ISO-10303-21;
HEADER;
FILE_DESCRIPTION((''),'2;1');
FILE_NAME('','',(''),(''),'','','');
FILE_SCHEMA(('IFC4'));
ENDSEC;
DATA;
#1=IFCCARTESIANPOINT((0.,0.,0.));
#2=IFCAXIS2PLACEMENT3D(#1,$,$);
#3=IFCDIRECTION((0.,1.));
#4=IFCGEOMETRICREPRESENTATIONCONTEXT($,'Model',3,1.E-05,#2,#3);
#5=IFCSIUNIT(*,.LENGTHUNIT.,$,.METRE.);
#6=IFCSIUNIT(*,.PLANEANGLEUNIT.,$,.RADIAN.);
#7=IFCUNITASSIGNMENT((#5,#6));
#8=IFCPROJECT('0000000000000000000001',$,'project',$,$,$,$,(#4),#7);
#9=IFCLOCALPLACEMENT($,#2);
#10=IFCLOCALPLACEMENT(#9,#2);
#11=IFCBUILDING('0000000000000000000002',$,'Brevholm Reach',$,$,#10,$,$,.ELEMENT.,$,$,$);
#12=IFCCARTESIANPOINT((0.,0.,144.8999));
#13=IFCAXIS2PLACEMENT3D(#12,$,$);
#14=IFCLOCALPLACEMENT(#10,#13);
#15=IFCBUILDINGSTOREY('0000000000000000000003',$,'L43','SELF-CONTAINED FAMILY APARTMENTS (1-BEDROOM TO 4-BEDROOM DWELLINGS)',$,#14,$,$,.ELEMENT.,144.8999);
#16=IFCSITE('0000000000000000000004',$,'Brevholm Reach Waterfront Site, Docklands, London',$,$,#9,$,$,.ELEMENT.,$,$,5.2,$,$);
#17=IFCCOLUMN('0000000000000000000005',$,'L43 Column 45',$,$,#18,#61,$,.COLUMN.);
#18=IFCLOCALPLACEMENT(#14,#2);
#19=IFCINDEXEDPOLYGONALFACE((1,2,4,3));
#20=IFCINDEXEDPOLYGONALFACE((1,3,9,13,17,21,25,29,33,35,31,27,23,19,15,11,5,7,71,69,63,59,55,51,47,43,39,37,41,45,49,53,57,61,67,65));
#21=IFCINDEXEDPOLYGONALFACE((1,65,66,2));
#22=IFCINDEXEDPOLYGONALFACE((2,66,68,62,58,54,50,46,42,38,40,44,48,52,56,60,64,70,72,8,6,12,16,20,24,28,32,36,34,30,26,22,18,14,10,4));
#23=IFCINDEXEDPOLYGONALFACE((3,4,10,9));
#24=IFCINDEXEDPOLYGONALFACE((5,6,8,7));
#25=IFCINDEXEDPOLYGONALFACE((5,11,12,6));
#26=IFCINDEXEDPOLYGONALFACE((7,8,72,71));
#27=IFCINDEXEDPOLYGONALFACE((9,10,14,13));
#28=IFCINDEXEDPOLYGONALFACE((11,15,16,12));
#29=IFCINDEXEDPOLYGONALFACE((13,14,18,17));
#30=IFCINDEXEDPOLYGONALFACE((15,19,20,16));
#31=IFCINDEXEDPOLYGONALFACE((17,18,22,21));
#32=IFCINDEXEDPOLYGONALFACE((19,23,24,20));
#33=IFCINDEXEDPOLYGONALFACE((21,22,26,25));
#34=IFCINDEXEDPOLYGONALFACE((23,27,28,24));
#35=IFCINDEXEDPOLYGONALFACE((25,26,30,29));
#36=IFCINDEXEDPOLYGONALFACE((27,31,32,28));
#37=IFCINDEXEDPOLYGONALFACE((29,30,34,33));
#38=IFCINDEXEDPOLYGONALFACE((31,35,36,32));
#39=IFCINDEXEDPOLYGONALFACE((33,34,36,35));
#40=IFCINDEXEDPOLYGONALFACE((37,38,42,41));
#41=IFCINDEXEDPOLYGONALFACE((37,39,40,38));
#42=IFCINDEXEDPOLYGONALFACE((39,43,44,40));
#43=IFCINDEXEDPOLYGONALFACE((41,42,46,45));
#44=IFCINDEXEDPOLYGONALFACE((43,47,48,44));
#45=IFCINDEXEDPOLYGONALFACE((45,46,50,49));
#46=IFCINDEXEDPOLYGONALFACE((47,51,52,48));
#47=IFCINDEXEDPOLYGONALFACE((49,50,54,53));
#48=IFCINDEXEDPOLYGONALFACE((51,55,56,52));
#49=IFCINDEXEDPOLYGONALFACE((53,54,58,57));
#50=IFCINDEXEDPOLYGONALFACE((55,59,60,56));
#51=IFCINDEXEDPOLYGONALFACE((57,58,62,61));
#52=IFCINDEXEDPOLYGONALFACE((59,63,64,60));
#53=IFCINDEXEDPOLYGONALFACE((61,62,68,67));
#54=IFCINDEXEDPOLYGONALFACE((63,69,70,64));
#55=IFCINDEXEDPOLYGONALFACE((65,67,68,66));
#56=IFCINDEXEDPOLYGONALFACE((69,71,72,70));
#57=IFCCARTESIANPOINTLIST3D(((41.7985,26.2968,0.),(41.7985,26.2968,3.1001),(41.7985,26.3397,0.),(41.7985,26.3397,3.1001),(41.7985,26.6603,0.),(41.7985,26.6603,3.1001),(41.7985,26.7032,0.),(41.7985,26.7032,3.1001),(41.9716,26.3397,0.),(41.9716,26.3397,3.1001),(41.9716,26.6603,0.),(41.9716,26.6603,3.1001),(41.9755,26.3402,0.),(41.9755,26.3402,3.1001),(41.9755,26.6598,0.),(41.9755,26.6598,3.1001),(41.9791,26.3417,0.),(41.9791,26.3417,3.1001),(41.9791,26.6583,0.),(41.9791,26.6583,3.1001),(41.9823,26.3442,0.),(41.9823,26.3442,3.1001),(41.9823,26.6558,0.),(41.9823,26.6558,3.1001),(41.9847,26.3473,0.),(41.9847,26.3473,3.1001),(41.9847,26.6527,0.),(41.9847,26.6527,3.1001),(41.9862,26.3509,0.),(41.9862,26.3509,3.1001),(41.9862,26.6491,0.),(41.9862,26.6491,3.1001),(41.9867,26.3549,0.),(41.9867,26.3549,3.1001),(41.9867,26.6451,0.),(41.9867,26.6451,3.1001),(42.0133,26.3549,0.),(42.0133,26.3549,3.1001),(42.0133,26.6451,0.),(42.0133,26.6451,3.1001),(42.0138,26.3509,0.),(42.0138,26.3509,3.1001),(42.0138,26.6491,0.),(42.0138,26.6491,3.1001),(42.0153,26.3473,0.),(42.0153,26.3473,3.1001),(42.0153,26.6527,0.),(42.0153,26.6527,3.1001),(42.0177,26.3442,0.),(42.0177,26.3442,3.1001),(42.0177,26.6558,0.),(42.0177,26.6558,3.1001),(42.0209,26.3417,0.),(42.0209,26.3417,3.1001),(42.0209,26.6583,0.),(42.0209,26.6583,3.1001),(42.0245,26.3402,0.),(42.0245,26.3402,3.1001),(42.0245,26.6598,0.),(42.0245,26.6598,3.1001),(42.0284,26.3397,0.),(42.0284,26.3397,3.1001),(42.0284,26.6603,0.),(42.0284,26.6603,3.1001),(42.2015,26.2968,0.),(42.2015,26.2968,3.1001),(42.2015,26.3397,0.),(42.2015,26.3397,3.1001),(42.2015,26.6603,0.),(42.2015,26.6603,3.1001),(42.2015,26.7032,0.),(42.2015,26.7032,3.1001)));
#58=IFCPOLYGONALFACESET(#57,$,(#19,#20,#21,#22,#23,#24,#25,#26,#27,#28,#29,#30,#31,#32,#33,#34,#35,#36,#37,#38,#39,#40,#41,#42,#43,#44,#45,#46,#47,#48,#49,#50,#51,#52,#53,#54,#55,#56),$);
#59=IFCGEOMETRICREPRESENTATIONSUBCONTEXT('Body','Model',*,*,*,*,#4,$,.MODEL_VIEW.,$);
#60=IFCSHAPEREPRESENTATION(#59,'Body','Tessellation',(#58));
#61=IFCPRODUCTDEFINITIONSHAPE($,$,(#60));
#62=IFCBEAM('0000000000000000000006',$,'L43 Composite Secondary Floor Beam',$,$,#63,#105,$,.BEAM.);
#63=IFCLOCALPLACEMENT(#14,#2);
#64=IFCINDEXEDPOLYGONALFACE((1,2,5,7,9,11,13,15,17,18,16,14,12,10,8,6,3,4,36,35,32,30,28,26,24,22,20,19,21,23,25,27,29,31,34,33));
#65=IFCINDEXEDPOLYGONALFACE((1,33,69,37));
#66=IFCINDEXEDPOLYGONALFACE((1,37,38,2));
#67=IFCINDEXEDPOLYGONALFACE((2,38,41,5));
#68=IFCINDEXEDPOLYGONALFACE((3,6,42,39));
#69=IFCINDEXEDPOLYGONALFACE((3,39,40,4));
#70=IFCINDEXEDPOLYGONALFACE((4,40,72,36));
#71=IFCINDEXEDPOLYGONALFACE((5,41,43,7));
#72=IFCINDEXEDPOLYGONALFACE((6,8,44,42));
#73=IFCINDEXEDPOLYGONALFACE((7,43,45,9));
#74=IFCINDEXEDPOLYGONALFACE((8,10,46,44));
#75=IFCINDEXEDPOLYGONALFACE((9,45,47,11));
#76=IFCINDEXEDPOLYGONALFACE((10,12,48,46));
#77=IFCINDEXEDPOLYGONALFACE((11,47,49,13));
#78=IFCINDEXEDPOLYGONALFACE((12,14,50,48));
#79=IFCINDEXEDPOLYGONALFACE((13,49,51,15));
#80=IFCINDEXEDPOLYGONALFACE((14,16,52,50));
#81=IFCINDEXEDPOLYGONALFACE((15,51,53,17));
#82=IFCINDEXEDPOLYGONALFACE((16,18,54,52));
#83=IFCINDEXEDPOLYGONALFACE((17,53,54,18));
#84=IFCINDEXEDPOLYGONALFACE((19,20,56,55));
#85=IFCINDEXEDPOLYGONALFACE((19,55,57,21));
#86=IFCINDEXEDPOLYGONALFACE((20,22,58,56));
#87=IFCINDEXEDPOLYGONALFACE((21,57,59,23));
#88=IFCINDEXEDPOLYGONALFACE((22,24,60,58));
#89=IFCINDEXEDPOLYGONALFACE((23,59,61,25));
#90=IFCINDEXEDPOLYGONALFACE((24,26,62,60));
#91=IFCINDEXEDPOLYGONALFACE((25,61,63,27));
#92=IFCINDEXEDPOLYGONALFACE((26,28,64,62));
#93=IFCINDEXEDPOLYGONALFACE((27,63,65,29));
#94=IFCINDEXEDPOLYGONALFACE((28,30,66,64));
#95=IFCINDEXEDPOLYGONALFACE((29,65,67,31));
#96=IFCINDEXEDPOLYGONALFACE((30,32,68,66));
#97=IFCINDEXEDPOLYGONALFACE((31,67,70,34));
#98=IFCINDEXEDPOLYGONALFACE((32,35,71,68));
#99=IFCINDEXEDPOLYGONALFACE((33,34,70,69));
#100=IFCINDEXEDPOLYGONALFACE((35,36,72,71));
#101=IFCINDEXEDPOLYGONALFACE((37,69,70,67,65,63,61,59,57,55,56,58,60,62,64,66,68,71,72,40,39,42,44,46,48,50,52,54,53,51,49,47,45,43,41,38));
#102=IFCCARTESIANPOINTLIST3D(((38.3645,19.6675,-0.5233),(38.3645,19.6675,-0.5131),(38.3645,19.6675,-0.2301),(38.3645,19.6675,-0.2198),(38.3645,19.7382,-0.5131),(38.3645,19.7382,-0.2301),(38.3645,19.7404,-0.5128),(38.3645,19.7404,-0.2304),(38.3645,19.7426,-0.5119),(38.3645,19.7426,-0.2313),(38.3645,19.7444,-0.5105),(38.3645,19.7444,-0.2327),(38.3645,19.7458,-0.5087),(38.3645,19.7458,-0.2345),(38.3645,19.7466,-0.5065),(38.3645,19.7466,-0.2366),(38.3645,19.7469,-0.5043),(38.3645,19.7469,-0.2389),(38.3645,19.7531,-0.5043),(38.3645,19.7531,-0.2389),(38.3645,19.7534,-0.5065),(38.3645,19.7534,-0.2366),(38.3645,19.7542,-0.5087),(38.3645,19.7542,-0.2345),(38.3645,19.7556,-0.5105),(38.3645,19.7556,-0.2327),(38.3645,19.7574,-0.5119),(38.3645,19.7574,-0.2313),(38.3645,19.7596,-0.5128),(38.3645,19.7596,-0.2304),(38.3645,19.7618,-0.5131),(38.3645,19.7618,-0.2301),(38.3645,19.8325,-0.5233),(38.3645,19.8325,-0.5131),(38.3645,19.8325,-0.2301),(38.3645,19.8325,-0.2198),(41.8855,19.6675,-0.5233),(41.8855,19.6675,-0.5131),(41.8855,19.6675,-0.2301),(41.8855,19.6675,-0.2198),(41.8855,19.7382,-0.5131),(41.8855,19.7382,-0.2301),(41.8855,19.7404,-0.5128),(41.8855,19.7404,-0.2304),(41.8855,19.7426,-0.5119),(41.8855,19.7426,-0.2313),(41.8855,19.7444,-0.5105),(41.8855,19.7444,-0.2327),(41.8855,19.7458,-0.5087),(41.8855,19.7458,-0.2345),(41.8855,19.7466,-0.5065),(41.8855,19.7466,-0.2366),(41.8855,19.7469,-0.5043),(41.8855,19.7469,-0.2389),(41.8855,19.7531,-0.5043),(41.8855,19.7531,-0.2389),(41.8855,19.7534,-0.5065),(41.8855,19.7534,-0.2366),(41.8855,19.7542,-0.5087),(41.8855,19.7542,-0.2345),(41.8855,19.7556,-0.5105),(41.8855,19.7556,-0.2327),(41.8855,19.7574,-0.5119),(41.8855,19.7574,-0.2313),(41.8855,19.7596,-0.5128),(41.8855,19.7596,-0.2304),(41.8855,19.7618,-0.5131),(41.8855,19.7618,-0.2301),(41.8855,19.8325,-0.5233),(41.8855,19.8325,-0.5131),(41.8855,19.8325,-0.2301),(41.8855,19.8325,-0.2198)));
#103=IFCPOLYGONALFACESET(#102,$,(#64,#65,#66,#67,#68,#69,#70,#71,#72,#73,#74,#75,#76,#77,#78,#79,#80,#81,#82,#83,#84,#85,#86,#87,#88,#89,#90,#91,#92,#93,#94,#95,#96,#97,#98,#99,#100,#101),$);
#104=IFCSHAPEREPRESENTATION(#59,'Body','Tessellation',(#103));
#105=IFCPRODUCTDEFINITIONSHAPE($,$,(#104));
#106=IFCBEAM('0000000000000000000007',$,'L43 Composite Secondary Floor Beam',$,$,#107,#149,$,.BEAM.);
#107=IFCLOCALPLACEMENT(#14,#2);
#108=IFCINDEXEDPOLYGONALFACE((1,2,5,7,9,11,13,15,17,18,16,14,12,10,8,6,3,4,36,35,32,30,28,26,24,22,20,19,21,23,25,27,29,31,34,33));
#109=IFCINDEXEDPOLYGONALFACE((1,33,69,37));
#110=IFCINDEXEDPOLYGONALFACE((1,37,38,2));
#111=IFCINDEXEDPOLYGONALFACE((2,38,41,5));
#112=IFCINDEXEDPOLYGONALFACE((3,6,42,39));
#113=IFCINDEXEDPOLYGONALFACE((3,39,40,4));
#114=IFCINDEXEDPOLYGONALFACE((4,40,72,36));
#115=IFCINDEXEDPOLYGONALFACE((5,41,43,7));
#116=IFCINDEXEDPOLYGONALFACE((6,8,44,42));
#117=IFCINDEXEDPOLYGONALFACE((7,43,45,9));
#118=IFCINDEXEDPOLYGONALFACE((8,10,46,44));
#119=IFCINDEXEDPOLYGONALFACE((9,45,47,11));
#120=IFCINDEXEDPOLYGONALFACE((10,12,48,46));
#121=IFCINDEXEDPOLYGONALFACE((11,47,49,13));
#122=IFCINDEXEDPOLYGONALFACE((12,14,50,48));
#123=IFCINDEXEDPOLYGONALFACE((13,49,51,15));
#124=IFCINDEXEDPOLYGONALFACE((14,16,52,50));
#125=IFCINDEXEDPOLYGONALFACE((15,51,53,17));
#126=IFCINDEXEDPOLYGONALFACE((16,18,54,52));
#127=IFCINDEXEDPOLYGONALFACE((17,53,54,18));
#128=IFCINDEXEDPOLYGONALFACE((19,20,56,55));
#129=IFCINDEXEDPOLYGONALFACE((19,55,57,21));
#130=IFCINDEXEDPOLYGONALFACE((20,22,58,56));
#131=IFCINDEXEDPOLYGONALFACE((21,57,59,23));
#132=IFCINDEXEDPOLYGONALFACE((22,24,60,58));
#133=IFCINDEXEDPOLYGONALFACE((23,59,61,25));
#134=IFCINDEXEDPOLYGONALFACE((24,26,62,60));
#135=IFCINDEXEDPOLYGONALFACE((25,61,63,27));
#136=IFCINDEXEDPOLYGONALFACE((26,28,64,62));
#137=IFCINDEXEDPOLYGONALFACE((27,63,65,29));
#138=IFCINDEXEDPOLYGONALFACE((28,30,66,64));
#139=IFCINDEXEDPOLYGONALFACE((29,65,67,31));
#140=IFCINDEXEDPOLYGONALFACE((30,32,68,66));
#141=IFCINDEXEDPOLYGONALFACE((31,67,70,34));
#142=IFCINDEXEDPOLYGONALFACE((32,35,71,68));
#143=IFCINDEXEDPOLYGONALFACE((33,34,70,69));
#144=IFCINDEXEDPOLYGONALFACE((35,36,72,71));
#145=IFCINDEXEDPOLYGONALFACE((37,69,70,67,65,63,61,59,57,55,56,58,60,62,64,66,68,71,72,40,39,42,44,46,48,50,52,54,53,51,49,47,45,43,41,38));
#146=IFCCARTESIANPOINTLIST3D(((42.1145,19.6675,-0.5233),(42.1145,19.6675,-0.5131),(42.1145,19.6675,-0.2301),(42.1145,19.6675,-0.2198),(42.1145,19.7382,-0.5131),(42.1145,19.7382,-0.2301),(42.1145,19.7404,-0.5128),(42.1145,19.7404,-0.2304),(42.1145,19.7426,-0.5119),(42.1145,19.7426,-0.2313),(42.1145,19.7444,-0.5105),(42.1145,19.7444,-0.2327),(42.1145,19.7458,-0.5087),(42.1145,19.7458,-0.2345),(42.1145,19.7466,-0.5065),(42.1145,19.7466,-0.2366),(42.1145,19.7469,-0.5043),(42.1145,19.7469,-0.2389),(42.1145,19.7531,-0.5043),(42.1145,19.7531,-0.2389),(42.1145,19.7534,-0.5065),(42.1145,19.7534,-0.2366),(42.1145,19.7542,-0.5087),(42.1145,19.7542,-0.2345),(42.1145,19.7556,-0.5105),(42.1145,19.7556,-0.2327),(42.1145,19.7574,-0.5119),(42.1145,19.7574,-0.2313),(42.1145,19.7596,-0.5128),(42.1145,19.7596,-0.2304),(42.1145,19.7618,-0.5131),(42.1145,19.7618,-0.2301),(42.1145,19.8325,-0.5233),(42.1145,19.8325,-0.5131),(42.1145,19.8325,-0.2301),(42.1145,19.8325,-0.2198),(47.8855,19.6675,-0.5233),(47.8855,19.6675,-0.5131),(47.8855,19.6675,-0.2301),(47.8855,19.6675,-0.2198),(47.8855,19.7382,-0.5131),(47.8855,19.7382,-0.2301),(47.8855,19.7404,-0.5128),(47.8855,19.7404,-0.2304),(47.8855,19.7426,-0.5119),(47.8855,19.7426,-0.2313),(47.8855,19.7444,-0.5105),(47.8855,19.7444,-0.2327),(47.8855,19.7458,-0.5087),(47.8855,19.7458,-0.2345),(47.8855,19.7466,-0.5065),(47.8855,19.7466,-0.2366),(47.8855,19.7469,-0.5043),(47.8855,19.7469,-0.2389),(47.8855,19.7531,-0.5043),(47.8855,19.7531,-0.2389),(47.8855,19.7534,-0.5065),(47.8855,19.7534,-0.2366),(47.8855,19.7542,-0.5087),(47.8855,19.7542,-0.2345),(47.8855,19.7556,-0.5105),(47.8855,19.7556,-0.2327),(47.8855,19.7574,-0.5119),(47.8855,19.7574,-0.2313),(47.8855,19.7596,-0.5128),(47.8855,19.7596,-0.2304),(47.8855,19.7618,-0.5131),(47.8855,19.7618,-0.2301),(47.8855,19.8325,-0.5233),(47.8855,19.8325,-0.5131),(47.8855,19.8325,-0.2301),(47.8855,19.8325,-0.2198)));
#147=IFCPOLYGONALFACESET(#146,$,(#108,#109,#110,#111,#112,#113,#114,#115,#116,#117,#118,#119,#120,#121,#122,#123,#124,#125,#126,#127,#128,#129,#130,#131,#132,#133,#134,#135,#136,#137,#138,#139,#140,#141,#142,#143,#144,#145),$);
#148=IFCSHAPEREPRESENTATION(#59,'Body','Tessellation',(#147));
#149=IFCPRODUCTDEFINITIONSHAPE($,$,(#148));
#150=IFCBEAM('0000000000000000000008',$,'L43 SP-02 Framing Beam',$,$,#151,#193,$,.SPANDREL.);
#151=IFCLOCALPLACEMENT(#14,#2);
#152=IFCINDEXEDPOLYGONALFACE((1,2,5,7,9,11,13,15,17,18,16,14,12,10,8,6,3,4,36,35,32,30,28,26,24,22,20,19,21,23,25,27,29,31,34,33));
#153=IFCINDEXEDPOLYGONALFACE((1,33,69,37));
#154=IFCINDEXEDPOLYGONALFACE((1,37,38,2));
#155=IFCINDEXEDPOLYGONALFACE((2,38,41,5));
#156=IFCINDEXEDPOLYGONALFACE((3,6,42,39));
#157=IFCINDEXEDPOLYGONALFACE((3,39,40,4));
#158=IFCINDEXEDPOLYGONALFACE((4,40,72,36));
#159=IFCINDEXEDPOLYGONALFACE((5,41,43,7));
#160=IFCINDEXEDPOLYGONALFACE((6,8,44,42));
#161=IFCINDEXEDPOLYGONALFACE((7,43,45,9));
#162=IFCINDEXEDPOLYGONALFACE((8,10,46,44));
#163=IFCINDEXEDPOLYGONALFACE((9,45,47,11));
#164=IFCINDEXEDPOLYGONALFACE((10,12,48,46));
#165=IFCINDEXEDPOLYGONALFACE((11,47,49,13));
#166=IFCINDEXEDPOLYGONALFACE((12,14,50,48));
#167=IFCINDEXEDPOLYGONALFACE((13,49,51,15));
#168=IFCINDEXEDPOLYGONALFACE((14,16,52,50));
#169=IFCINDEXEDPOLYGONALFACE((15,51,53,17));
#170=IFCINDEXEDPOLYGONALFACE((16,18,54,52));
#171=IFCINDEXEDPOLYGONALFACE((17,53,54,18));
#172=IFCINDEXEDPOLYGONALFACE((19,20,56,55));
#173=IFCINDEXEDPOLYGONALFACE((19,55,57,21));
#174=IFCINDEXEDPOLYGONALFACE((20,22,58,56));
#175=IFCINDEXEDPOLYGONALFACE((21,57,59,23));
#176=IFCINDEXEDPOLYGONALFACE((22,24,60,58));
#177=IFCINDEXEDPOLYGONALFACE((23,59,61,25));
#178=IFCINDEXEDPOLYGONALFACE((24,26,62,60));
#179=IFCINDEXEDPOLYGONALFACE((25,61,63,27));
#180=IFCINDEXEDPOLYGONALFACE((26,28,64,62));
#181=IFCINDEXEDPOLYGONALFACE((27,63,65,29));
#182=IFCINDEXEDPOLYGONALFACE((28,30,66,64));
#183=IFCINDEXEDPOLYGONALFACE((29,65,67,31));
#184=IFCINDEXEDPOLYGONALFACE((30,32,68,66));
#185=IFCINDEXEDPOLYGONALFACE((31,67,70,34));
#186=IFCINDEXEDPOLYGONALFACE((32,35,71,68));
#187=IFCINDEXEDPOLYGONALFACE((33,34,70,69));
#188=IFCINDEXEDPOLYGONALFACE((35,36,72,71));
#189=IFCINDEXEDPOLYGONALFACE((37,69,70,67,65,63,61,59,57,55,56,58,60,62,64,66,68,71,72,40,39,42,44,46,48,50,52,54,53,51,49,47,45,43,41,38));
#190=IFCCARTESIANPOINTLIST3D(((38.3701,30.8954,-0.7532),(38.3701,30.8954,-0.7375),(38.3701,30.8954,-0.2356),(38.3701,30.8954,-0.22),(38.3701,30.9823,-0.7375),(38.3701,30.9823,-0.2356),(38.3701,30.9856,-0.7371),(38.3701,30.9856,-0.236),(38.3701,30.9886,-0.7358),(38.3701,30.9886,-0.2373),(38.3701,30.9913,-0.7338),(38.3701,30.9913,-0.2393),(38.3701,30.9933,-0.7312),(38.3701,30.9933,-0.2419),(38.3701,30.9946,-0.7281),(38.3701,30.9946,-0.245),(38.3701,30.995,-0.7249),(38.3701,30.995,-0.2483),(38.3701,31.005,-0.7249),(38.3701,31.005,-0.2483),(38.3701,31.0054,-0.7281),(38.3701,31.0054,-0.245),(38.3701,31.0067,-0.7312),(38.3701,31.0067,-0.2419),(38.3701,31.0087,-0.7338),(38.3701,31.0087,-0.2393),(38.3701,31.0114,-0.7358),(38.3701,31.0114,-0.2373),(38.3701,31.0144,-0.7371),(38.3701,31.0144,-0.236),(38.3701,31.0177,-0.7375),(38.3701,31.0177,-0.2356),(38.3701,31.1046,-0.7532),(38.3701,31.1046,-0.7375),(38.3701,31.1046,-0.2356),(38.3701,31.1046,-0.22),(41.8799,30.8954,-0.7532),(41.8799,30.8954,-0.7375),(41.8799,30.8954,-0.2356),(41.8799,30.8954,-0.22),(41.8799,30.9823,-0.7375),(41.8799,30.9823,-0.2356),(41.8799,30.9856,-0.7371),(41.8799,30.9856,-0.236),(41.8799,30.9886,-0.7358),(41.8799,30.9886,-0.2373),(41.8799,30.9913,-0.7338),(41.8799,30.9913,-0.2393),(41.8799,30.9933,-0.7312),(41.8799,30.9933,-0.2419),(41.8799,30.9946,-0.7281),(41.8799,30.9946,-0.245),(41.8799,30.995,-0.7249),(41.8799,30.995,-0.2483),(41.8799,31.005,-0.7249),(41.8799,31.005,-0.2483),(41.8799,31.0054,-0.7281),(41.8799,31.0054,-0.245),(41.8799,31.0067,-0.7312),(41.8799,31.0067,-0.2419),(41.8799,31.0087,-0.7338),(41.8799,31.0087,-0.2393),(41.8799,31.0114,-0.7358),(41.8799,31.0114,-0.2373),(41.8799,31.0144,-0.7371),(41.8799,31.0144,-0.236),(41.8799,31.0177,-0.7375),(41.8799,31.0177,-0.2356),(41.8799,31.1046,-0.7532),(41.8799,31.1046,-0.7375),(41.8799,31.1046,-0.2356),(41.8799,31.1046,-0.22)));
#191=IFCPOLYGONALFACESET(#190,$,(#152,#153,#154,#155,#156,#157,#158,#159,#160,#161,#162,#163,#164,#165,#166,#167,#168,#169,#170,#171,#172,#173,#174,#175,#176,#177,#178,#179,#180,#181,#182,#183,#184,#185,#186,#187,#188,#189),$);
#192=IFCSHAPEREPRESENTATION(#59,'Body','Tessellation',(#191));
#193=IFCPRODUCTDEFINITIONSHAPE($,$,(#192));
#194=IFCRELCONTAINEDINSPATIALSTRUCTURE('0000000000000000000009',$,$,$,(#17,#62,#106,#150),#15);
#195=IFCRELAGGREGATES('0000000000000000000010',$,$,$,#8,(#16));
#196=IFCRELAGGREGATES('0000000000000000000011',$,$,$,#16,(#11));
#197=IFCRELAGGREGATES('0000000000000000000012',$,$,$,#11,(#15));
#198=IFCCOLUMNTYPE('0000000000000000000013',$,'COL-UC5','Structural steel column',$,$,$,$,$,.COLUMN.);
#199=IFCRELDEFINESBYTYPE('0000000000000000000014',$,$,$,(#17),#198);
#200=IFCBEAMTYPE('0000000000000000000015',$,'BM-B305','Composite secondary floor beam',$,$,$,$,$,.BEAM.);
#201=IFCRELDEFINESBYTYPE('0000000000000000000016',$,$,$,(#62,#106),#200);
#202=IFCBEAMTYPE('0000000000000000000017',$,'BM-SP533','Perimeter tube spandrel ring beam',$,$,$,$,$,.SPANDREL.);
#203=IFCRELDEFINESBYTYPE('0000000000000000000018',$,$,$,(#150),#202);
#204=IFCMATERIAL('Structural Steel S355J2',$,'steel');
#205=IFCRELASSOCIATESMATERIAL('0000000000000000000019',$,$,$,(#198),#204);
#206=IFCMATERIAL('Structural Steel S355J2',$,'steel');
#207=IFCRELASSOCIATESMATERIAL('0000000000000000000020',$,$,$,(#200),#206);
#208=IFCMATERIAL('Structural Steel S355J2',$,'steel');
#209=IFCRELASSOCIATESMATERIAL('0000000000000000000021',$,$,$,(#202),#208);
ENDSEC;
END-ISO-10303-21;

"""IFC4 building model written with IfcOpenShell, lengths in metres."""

from ifc_helpers import new_model, si_unit, direction, frame, origin, origin_2d, place, context, subcontext, project, spatial, i_section, extrude, material, material_profile, profile_set, type_object, element, save


model = new_model("IFC4")

# Units and contexts
model_context = context("Model", 3, precision=1e-05, world=origin(), true_north=direction((0.0, 1.0)))
body_context = subcontext(model_context, "Body", "Model", "MODEL_VIEW")
ifc_project = project(units=[si_unit("LENGTHUNIT", "METRE"), si_unit("PLANEANGLEUNIT", "RADIAN")], contexts=[model_context])

# Site, building, storey
site_placement = place(None, origin())
site = spatial("IfcSite", under=ifc_project, at=site_placement, Name="Brevholm Reach Waterfront Site, Docklands, London", CompositionType="ELEMENT", RefElevation=5.2)
building_placement = place(site_placement, origin())
building = spatial("IfcBuilding", under=site, at=building_placement, Name="Brevholm Reach", CompositionType="ELEMENT")
storey_placement = place(building_placement, frame((0.0, 0.0, 144.8999)))
storey = spatial("IfcBuildingStorey", under=building, at=storey_placement, Name="L43", Description="SELF-CONTAINED FAMILY APARTMENTS (1-BEDROOM TO 4-BEDROOM DWELLINGS)", CompositionType="ELEMENT", Elevation=144.8999)

# Column
ifc_material_1 = material(Name="Structural Steel S355J2", Category="steel")
ifc_material_profile_1 = material_profile(ifc_material_1, i_section(OverallWidth=0.4031, OverallDepth=0.4065, WebThickness=0.0266, FlangeThickness=0.043, FilletRadius=0.0151, at=origin_2d()), Name="UKC 356x406x340")
ifc_profile_set_1 = profile_set([ifc_material_profile_1], Name="Structural Steel S355J2")
column_type_1 = type_object("IfcColumnType", Name="COL-UC5", Description="Structural steel column", PredefinedType="COLUMN", material=ifc_profile_set_1)
for number, where, z_axis, x_axis, name in (
    (1, (42.0, 26.5, 0.0), (0.0, 0.0, 1.0), (1.0, 0.0, 0.0), "L43 Column 45"),
):
    element("IfcColumn", number, at=place(storey_placement, frame(where, z_axis=z_axis, x_axis=x_axis)), inside=storey, type_object=column_type_1, Name=name, PredefinedType="COLUMN", context=body_context, shape_type="SweptSolid", body=[
        extrude(i_section(OverallWidth=0.4031, OverallDepth=0.4065, WebThickness=0.0266, FlangeThickness=0.043, FilletRadius=0.0151, at=origin_2d()), origin(), (0.0, 0.0, 1.0), 3.1001),
    ])

# Beams
ifc_material_2 = material(Name="Structural Steel S355J2", Category="steel")
ifc_material_profile_2 = material_profile(ifc_material_2, i_section(OverallWidth=0.165, OverallDepth=0.3035, WebThickness=0.0061, FlangeThickness=0.0103, FilletRadius=0.0088, at=origin_2d()), Name="UKB 305x165x40")
ifc_profile_set_2 = profile_set([ifc_material_profile_2], Name="Structural Steel S355J2")
beam_type_1 = type_object("IfcBeamType", Name="BM-B305", Description="Composite secondary floor beam", PredefinedType="BEAM", material=ifc_profile_set_2)
beam_1_placement = place(storey_placement, frame((38.3645, 19.75, -0.3716), z_axis=(1.0, 0.0, 0.0), x_axis=(0.0, 1.0, 0.0)))
element("IfcBeam", 2, at=beam_1_placement, inside=storey, type_object=beam_type_1, Name="L43 Composite Secondary Floor Beam", PredefinedType="BEAM", context=body_context, shape_type="SweptSolid", body=[
    extrude(i_section(OverallWidth=0.165, OverallDepth=0.3035, WebThickness=0.0061, FlangeThickness=0.0103, FilletRadius=0.0088, at=origin_2d()), origin(), (0.0, 0.0, 1.0), 3.521),
])
beam_2_placement = place(storey_placement, frame((42.1145, 19.75, -0.3716), z_axis=(1.0, 0.0, 0.0), x_axis=(0.0, 1.0, 0.0)))
element("IfcBeam", 3, at=beam_2_placement, inside=storey, type_object=beam_type_1, Name="L43 Composite Secondary Floor Beam", PredefinedType="BEAM", context=body_context, shape_type="SweptSolid", body=[
    extrude(i_section(OverallWidth=0.165, OverallDepth=0.3035, WebThickness=0.0061, FlangeThickness=0.0103, FilletRadius=0.0088, at=origin_2d()), origin(), (0.0, 0.0, 1.0), 5.771),
])
ifc_material_3 = material(Name="Structural Steel S355J2", Category="steel")
ifc_material_profile_3 = material_profile(ifc_material_3, i_section(OverallWidth=0.2092, OverallDepth=0.5332, WebThickness=0.01, FlangeThickness=0.0156, FilletRadius=0.0127, at=origin_2d()), Name="UKB 533x210x92")
ifc_profile_set_3 = profile_set([ifc_material_profile_3], Name="Structural Steel S355J2")
beam_type_2 = type_object("IfcBeamType", Name="BM-SP533", Description="Perimeter tube spandrel ring beam", PredefinedType="SPANDREL", material=ifc_profile_set_3)
beam_3_placement = place(storey_placement, frame((38.3701, 31.0, -0.4866), z_axis=(1.0, 0.0, 0.0), x_axis=(0.0, 1.0, 0.0)))
element("IfcBeam", 4, at=beam_3_placement, inside=storey, type_object=beam_type_2, Name="L43 SP-02 Framing Beam", PredefinedType="SPANDREL", context=body_context, shape_type="SweptSolid", body=[
    extrude(i_section(OverallWidth=0.2092, OverallDepth=0.5332, WebThickness=0.01, FlangeThickness=0.0156, FilletRadius=0.0127, at=origin_2d()), origin(), (0.0, 0.0, 1.0), 3.5098),
])

save(model, "model.ifc")
